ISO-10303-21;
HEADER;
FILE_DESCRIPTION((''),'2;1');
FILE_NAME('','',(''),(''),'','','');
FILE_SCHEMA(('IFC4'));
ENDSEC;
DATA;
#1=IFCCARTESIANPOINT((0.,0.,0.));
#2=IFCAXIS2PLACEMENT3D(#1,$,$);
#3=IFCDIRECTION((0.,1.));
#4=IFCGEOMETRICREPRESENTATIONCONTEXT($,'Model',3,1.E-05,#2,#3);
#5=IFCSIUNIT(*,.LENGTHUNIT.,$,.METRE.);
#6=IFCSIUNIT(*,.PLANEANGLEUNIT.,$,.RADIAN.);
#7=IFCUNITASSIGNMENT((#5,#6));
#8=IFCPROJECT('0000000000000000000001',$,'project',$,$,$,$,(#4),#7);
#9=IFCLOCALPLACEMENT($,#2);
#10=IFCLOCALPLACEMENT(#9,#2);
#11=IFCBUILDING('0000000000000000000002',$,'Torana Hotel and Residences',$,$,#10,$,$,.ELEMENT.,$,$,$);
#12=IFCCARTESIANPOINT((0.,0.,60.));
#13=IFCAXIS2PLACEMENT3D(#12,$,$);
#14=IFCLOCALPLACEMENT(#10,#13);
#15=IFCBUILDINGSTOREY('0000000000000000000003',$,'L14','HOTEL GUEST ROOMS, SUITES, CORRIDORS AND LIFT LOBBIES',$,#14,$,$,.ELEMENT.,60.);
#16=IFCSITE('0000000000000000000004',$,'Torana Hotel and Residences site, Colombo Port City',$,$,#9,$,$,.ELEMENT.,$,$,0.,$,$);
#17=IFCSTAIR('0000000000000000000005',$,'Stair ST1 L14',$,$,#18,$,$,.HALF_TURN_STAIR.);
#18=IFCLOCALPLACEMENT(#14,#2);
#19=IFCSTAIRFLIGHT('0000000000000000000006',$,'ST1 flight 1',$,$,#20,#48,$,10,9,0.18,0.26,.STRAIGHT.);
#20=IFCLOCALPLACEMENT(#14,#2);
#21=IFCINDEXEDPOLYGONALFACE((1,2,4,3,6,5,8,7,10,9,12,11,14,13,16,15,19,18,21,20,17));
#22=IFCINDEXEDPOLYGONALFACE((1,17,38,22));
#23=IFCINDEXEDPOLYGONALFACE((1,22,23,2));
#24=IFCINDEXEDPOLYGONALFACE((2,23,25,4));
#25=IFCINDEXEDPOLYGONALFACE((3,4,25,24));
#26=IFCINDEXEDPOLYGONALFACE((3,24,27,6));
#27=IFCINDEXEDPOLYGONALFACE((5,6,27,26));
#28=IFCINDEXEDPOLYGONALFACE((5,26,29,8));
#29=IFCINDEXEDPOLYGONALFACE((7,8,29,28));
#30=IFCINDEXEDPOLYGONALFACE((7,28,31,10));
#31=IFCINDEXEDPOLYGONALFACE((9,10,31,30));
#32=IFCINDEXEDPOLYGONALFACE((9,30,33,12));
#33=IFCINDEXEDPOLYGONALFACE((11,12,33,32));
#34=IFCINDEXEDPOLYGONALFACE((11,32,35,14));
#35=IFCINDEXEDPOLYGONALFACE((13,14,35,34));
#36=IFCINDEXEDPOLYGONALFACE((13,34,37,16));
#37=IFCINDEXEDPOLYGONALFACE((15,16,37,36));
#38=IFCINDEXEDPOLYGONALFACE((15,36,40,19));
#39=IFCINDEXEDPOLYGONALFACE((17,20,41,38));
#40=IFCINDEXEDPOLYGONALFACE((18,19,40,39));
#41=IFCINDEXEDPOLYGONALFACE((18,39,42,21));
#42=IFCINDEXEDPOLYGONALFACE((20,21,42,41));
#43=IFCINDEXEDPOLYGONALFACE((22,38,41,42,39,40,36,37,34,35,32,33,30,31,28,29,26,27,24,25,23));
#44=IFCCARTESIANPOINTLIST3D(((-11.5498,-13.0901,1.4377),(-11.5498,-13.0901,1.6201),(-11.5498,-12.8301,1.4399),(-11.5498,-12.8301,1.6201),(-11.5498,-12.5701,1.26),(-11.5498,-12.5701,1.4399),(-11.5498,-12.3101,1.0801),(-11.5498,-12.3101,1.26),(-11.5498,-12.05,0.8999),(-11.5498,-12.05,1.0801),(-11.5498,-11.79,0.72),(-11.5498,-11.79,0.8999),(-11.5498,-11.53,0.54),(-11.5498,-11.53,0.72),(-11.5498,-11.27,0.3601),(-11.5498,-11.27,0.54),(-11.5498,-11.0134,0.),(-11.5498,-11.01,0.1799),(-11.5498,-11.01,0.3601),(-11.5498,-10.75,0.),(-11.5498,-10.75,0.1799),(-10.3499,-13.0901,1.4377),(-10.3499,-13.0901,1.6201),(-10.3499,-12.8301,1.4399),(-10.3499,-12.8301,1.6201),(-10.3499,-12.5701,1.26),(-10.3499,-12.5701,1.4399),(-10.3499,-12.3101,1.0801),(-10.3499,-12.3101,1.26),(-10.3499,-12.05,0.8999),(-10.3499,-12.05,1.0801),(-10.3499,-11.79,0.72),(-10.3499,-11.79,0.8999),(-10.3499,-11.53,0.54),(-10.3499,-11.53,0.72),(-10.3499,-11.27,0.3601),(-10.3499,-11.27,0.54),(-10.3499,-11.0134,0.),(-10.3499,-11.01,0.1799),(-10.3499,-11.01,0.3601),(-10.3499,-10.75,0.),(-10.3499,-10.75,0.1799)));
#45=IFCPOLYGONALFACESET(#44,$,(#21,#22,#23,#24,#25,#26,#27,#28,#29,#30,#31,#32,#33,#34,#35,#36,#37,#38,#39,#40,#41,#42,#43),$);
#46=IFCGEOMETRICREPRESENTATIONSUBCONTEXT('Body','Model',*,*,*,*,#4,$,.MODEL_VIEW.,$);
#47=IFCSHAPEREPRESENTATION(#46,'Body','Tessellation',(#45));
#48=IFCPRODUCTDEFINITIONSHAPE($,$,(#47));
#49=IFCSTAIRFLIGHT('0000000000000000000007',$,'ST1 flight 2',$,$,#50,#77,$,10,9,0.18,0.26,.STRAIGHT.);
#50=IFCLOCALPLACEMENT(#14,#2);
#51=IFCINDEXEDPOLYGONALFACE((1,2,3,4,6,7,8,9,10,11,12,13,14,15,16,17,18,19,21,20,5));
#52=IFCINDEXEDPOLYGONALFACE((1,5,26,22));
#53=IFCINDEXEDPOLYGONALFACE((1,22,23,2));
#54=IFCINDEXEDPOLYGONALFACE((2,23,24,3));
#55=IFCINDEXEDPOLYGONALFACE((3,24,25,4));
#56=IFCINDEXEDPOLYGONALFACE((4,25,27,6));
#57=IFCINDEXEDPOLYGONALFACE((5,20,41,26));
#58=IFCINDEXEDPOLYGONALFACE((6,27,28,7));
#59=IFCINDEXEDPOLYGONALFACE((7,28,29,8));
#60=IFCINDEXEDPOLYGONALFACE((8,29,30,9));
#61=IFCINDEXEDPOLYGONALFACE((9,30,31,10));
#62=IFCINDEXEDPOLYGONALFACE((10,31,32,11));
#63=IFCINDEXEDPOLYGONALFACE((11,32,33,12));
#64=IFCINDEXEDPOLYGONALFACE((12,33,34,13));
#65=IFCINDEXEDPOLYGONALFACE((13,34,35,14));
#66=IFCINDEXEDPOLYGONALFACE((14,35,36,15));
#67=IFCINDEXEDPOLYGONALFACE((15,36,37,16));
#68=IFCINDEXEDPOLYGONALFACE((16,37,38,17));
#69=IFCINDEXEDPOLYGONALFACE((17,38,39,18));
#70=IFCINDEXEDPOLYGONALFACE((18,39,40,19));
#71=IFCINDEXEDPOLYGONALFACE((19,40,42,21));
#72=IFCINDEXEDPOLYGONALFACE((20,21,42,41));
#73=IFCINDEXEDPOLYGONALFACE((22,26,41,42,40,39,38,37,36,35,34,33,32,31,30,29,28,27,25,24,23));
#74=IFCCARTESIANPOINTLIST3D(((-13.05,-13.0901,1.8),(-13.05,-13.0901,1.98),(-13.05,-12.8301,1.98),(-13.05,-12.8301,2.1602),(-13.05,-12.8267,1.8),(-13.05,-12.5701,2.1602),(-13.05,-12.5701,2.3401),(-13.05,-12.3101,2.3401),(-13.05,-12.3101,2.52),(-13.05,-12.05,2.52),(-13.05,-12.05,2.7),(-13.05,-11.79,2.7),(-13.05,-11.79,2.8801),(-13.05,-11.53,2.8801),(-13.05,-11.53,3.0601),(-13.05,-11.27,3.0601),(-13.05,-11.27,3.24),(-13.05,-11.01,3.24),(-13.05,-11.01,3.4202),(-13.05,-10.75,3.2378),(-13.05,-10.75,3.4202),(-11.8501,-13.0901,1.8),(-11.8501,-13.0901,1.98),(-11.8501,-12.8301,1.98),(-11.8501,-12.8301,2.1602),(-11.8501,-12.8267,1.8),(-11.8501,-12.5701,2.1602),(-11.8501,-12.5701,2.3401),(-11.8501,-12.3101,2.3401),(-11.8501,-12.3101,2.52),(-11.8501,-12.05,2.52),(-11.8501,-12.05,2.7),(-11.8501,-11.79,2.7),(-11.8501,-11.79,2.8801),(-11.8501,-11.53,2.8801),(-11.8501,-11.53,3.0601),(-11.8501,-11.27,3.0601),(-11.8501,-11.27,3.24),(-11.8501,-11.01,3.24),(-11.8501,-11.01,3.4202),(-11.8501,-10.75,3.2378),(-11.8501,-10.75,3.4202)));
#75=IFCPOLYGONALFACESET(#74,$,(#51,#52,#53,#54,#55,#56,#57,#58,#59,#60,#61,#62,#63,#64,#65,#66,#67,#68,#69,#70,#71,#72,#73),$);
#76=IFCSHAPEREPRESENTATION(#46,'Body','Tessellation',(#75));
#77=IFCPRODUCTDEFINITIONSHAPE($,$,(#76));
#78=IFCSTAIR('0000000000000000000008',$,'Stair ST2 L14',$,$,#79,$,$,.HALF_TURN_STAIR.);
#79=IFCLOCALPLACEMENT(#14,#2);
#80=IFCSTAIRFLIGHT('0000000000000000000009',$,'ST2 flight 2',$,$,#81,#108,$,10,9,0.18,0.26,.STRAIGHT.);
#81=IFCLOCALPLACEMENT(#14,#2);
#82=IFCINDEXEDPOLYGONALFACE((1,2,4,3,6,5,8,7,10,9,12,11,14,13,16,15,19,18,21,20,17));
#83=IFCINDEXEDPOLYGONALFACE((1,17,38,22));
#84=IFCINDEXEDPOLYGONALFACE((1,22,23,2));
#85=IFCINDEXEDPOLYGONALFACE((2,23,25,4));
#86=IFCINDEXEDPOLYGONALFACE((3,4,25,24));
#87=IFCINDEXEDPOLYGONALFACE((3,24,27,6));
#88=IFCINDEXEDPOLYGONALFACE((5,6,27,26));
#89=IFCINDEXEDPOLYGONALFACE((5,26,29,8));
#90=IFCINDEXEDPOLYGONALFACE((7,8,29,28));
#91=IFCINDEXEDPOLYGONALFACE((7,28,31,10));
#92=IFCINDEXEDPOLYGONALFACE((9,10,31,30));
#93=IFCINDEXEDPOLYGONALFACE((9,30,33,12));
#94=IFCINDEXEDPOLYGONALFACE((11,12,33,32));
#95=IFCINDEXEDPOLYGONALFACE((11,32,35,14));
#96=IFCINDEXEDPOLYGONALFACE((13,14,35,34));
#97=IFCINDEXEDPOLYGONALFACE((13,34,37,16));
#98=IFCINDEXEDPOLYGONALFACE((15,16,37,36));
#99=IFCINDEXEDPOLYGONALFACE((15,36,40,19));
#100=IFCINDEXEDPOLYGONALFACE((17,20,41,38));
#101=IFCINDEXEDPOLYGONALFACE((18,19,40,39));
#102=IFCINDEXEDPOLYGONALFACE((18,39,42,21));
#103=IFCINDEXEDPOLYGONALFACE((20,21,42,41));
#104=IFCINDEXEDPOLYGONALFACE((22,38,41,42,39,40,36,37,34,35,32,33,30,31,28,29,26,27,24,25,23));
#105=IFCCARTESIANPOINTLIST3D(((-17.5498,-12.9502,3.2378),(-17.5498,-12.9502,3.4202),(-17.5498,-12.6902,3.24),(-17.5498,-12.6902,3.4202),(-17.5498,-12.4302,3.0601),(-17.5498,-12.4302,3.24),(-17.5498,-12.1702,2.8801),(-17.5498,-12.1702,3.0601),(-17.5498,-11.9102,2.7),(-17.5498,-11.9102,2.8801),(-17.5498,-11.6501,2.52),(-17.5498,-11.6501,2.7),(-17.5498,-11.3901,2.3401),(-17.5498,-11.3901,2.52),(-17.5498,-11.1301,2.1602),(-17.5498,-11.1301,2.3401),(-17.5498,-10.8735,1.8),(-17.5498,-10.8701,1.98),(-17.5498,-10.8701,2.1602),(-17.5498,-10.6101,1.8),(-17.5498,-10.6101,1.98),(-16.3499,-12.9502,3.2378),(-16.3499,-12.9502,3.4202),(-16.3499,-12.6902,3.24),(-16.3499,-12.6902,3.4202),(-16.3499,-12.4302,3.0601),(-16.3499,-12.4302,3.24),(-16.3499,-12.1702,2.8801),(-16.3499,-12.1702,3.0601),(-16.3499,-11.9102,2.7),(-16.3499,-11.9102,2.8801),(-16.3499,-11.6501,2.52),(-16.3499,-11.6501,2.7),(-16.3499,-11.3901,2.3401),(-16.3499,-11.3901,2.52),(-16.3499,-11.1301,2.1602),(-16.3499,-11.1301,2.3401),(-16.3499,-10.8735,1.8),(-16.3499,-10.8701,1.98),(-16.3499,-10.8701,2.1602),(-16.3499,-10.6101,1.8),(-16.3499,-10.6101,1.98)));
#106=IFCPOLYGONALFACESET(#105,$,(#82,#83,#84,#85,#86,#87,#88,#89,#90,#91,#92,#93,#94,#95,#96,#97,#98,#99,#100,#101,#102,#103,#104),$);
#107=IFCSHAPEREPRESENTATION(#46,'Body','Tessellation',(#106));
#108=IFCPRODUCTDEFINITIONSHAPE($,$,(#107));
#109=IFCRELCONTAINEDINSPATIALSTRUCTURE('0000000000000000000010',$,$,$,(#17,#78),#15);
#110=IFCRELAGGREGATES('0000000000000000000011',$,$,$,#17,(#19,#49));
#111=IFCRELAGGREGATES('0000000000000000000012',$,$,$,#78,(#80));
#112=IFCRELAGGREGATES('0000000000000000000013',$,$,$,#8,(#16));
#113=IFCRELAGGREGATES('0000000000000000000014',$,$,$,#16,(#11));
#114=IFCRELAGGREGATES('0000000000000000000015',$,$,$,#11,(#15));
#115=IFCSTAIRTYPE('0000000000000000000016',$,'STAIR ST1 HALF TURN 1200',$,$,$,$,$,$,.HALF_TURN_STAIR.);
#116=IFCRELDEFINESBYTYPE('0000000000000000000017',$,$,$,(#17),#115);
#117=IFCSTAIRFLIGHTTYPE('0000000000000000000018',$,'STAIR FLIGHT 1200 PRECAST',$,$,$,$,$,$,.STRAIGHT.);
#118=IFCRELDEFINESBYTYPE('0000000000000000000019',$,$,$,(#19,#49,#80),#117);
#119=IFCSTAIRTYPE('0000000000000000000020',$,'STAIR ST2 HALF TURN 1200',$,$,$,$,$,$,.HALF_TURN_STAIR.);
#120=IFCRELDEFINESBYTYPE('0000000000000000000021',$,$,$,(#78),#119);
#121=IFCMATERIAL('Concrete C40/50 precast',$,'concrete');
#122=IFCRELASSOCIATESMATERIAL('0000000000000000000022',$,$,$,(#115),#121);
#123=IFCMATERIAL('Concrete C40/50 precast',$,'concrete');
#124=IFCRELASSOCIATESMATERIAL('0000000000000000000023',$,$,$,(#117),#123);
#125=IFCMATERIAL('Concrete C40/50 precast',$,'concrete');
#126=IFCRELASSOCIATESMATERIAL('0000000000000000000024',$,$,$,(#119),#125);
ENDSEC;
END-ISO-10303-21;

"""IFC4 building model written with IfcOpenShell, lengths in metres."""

from ifc_helpers import new_model, si_unit, direction, frame, origin, place, context, subcontext, project, spatial, polyline, outline, extrude, material, type_object, element, aggregate, save


model = new_model("IFC4")

# Units and contexts
model_context = context("Model", 3, precision=1e-05, world=origin(), true_north=direction((0.0, 1.0)))
body_context = subcontext(model_context, "Body", "Model", "MODEL_VIEW")
ifc_project = project(units=[si_unit("LENGTHUNIT", "METRE"), si_unit("PLANEANGLEUNIT", "RADIAN")], contexts=[model_context])

# Site, building, storey
site_placement = place(None, origin())
site = spatial("IfcSite", under=ifc_project, at=site_placement, Name="Torana Hotel and Residences site, Colombo Port City", CompositionType="ELEMENT", RefElevation=0.0)
building_placement = place(site_placement, origin())
building = spatial("IfcBuilding", under=site, at=building_placement, Name="Torana Hotel and Residences", CompositionType="ELEMENT")
storey_placement = place(building_placement, frame((0.0, 0.0, 60.0)))
storey = spatial("IfcBuildingStorey", under=building, at=storey_placement, Name="L14", Description="HOTEL GUEST ROOMS, SUITES, CORRIDORS AND LIFT LOBBIES", CompositionType="ELEMENT", Elevation=60.0)

# Stair, stair flights
ifc_material_1 = material(Name="Concrete C40/50 precast", Category="concrete")
stair_type_1 = type_object("IfcStairType", Name="STAIR ST1 HALF TURN 1200", PredefinedType="HALF_TURN_STAIR", material=ifc_material_1)
stair_1_placement = place(storey_placement, origin())
stair_1 = element("IfcStair", 1, at=stair_1_placement, inside=storey, type_object=stair_type_1, Name="Stair ST1 L14", PredefinedType="HALF_TURN_STAIR")
ifc_material_2 = material(Name="Concrete C40/50 precast", Category="concrete")
stair_flight_type = type_object("IfcStairFlightType", Name="STAIR FLIGHT 1200 PRECAST", PredefinedType="STRAIGHT", material=ifc_material_2)
stair_flight_1_placement = place(storey_placement, frame((-10.95, -10.75, 0.0), z_axis=(0.0, 0.0, 1.0), x_axis=(0.0, -1.0, 0.0)))
stair_flight_1 = element("IfcStairFlight", 2, at=stair_flight_1_placement, type_object=stair_flight_type, Name="ST1 flight 1", NumberOfRisers=10, NumberOfTreads=9, PredefinedType="STRAIGHT", RiserHeight=0.18, TreadLength=0.26, context=body_context, shape_type="SweptSolid", body=[
    extrude(outline(polyline([(0.0, 0.0), (0.0, 0.1799), (0.26, 0.1799), (0.26, 0.3601), (0.52, 0.3601), (0.52, 0.54), (0.78, 0.54), (0.78, 0.72), (1.04, 0.72), (1.04, 0.8999), (1.3, 0.8999), (1.3, 1.0801), (1.5601, 1.0801), (1.5601, 1.26), (1.8201, 1.26), (1.8201, 1.4399), (2.0801, 1.4399), (2.0801, 1.6201), (2.3401, 1.6201), (2.3401, 1.8), (2.3401, 1.4377), (0.2634, 0.0), (0.0, 0.0)])), frame((0.0, 0.6001, 0.0), z_axis=(0.0, -1.0, 0.0), x_axis=(1.0, 0.0, 0.0)), (0.0, 0.0, 1.0), 1.2),
])
stair_flight_2_placement = place(storey_placement, frame((-12.45, -13.0901, 1.8), z_axis=(0.0, 0.0, 1.0), x_axis=(0.0, 1.0, 0.0)))
stair_flight_2 = element("IfcStairFlight", 3, at=stair_flight_2_placement, type_object=stair_flight_type, Name="ST1 flight 2", NumberOfRisers=10, NumberOfTreads=9, PredefinedType="STRAIGHT", RiserHeight=0.18, TreadLength=0.26, context=body_context, shape_type="SweptSolid", body=[
    extrude(outline(polyline([(0.0, 0.0), (0.0, 0.1799), (0.26, 0.1799), (0.26, 0.3601), (0.52, 0.3601), (0.52, 0.54), (0.78, 0.54), (0.78, 0.72), (1.04, 0.72), (1.04, 0.8999), (1.3, 0.8999), (1.3, 1.0801), (1.5601, 1.0801), (1.5601, 1.26), (1.8201, 1.26), (1.8201, 1.4399), (2.0801, 1.4399), (2.0801, 1.6201), (2.3401, 1.6201), (2.3401, 1.8), (2.3401, 1.4377), (0.2634, 0.0), (0.0, 0.0)])), frame((0.0, 0.6001, 0.0), z_axis=(0.0, -1.0, 0.0), x_axis=(1.0, 0.0, 0.0)), (0.0, 0.0, 1.0), 1.2),
])
aggregate(stair_1, [stair_flight_1, stair_flight_2])

# Stair, stair flight
ifc_material_3 = material(Name="Concrete C40/50 precast", Category="concrete")
stair_type_2 = type_object("IfcStairType", Name="STAIR ST2 HALF TURN 1200", PredefinedType="HALF_TURN_STAIR", material=ifc_material_3)
stair_2_placement = place(storey_placement, origin())
stair_2 = element("IfcStair", 4, at=stair_2_placement, inside=storey, type_object=stair_type_2, Name="Stair ST2 L14", PredefinedType="HALF_TURN_STAIR")
stair_flight_3_placement = place(storey_placement, frame((-16.95, -10.6101, 1.8), z_axis=(0.0, 0.0, 1.0), x_axis=(0.0, -1.0, 0.0)))
stair_flight_3 = element("IfcStairFlight", 5, at=stair_flight_3_placement, type_object=stair_flight_type, Name="ST2 flight 2", NumberOfRisers=10, NumberOfTreads=9, PredefinedType="STRAIGHT", RiserHeight=0.18, TreadLength=0.26, context=body_context, shape_type="SweptSolid", body=[
    extrude(outline(polyline([(0.0, 0.0), (0.0, 0.1799), (0.26, 0.1799), (0.26, 0.3601), (0.52, 0.3601), (0.52, 0.54), (0.78, 0.54), (0.78, 0.72), (1.04, 0.72), (1.04, 0.8999), (1.3, 0.8999), (1.3, 1.0801), (1.5601, 1.0801), (1.5601, 1.26), (1.8201, 1.26), (1.8201, 1.4399), (2.0801, 1.4399), (2.0801, 1.6201), (2.3401, 1.6201), (2.3401, 1.8), (2.3401, 1.4377), (0.2634, 0.0), (0.0, 0.0)])), frame((0.0, 0.6001, 0.0), z_axis=(0.0, -1.0, 0.0), x_axis=(1.0, 0.0, 0.0)), (0.0, 0.0, 1.0), 1.2),
])
aggregate(stair_2, [stair_flight_3])

save(model, "model.ifc")
